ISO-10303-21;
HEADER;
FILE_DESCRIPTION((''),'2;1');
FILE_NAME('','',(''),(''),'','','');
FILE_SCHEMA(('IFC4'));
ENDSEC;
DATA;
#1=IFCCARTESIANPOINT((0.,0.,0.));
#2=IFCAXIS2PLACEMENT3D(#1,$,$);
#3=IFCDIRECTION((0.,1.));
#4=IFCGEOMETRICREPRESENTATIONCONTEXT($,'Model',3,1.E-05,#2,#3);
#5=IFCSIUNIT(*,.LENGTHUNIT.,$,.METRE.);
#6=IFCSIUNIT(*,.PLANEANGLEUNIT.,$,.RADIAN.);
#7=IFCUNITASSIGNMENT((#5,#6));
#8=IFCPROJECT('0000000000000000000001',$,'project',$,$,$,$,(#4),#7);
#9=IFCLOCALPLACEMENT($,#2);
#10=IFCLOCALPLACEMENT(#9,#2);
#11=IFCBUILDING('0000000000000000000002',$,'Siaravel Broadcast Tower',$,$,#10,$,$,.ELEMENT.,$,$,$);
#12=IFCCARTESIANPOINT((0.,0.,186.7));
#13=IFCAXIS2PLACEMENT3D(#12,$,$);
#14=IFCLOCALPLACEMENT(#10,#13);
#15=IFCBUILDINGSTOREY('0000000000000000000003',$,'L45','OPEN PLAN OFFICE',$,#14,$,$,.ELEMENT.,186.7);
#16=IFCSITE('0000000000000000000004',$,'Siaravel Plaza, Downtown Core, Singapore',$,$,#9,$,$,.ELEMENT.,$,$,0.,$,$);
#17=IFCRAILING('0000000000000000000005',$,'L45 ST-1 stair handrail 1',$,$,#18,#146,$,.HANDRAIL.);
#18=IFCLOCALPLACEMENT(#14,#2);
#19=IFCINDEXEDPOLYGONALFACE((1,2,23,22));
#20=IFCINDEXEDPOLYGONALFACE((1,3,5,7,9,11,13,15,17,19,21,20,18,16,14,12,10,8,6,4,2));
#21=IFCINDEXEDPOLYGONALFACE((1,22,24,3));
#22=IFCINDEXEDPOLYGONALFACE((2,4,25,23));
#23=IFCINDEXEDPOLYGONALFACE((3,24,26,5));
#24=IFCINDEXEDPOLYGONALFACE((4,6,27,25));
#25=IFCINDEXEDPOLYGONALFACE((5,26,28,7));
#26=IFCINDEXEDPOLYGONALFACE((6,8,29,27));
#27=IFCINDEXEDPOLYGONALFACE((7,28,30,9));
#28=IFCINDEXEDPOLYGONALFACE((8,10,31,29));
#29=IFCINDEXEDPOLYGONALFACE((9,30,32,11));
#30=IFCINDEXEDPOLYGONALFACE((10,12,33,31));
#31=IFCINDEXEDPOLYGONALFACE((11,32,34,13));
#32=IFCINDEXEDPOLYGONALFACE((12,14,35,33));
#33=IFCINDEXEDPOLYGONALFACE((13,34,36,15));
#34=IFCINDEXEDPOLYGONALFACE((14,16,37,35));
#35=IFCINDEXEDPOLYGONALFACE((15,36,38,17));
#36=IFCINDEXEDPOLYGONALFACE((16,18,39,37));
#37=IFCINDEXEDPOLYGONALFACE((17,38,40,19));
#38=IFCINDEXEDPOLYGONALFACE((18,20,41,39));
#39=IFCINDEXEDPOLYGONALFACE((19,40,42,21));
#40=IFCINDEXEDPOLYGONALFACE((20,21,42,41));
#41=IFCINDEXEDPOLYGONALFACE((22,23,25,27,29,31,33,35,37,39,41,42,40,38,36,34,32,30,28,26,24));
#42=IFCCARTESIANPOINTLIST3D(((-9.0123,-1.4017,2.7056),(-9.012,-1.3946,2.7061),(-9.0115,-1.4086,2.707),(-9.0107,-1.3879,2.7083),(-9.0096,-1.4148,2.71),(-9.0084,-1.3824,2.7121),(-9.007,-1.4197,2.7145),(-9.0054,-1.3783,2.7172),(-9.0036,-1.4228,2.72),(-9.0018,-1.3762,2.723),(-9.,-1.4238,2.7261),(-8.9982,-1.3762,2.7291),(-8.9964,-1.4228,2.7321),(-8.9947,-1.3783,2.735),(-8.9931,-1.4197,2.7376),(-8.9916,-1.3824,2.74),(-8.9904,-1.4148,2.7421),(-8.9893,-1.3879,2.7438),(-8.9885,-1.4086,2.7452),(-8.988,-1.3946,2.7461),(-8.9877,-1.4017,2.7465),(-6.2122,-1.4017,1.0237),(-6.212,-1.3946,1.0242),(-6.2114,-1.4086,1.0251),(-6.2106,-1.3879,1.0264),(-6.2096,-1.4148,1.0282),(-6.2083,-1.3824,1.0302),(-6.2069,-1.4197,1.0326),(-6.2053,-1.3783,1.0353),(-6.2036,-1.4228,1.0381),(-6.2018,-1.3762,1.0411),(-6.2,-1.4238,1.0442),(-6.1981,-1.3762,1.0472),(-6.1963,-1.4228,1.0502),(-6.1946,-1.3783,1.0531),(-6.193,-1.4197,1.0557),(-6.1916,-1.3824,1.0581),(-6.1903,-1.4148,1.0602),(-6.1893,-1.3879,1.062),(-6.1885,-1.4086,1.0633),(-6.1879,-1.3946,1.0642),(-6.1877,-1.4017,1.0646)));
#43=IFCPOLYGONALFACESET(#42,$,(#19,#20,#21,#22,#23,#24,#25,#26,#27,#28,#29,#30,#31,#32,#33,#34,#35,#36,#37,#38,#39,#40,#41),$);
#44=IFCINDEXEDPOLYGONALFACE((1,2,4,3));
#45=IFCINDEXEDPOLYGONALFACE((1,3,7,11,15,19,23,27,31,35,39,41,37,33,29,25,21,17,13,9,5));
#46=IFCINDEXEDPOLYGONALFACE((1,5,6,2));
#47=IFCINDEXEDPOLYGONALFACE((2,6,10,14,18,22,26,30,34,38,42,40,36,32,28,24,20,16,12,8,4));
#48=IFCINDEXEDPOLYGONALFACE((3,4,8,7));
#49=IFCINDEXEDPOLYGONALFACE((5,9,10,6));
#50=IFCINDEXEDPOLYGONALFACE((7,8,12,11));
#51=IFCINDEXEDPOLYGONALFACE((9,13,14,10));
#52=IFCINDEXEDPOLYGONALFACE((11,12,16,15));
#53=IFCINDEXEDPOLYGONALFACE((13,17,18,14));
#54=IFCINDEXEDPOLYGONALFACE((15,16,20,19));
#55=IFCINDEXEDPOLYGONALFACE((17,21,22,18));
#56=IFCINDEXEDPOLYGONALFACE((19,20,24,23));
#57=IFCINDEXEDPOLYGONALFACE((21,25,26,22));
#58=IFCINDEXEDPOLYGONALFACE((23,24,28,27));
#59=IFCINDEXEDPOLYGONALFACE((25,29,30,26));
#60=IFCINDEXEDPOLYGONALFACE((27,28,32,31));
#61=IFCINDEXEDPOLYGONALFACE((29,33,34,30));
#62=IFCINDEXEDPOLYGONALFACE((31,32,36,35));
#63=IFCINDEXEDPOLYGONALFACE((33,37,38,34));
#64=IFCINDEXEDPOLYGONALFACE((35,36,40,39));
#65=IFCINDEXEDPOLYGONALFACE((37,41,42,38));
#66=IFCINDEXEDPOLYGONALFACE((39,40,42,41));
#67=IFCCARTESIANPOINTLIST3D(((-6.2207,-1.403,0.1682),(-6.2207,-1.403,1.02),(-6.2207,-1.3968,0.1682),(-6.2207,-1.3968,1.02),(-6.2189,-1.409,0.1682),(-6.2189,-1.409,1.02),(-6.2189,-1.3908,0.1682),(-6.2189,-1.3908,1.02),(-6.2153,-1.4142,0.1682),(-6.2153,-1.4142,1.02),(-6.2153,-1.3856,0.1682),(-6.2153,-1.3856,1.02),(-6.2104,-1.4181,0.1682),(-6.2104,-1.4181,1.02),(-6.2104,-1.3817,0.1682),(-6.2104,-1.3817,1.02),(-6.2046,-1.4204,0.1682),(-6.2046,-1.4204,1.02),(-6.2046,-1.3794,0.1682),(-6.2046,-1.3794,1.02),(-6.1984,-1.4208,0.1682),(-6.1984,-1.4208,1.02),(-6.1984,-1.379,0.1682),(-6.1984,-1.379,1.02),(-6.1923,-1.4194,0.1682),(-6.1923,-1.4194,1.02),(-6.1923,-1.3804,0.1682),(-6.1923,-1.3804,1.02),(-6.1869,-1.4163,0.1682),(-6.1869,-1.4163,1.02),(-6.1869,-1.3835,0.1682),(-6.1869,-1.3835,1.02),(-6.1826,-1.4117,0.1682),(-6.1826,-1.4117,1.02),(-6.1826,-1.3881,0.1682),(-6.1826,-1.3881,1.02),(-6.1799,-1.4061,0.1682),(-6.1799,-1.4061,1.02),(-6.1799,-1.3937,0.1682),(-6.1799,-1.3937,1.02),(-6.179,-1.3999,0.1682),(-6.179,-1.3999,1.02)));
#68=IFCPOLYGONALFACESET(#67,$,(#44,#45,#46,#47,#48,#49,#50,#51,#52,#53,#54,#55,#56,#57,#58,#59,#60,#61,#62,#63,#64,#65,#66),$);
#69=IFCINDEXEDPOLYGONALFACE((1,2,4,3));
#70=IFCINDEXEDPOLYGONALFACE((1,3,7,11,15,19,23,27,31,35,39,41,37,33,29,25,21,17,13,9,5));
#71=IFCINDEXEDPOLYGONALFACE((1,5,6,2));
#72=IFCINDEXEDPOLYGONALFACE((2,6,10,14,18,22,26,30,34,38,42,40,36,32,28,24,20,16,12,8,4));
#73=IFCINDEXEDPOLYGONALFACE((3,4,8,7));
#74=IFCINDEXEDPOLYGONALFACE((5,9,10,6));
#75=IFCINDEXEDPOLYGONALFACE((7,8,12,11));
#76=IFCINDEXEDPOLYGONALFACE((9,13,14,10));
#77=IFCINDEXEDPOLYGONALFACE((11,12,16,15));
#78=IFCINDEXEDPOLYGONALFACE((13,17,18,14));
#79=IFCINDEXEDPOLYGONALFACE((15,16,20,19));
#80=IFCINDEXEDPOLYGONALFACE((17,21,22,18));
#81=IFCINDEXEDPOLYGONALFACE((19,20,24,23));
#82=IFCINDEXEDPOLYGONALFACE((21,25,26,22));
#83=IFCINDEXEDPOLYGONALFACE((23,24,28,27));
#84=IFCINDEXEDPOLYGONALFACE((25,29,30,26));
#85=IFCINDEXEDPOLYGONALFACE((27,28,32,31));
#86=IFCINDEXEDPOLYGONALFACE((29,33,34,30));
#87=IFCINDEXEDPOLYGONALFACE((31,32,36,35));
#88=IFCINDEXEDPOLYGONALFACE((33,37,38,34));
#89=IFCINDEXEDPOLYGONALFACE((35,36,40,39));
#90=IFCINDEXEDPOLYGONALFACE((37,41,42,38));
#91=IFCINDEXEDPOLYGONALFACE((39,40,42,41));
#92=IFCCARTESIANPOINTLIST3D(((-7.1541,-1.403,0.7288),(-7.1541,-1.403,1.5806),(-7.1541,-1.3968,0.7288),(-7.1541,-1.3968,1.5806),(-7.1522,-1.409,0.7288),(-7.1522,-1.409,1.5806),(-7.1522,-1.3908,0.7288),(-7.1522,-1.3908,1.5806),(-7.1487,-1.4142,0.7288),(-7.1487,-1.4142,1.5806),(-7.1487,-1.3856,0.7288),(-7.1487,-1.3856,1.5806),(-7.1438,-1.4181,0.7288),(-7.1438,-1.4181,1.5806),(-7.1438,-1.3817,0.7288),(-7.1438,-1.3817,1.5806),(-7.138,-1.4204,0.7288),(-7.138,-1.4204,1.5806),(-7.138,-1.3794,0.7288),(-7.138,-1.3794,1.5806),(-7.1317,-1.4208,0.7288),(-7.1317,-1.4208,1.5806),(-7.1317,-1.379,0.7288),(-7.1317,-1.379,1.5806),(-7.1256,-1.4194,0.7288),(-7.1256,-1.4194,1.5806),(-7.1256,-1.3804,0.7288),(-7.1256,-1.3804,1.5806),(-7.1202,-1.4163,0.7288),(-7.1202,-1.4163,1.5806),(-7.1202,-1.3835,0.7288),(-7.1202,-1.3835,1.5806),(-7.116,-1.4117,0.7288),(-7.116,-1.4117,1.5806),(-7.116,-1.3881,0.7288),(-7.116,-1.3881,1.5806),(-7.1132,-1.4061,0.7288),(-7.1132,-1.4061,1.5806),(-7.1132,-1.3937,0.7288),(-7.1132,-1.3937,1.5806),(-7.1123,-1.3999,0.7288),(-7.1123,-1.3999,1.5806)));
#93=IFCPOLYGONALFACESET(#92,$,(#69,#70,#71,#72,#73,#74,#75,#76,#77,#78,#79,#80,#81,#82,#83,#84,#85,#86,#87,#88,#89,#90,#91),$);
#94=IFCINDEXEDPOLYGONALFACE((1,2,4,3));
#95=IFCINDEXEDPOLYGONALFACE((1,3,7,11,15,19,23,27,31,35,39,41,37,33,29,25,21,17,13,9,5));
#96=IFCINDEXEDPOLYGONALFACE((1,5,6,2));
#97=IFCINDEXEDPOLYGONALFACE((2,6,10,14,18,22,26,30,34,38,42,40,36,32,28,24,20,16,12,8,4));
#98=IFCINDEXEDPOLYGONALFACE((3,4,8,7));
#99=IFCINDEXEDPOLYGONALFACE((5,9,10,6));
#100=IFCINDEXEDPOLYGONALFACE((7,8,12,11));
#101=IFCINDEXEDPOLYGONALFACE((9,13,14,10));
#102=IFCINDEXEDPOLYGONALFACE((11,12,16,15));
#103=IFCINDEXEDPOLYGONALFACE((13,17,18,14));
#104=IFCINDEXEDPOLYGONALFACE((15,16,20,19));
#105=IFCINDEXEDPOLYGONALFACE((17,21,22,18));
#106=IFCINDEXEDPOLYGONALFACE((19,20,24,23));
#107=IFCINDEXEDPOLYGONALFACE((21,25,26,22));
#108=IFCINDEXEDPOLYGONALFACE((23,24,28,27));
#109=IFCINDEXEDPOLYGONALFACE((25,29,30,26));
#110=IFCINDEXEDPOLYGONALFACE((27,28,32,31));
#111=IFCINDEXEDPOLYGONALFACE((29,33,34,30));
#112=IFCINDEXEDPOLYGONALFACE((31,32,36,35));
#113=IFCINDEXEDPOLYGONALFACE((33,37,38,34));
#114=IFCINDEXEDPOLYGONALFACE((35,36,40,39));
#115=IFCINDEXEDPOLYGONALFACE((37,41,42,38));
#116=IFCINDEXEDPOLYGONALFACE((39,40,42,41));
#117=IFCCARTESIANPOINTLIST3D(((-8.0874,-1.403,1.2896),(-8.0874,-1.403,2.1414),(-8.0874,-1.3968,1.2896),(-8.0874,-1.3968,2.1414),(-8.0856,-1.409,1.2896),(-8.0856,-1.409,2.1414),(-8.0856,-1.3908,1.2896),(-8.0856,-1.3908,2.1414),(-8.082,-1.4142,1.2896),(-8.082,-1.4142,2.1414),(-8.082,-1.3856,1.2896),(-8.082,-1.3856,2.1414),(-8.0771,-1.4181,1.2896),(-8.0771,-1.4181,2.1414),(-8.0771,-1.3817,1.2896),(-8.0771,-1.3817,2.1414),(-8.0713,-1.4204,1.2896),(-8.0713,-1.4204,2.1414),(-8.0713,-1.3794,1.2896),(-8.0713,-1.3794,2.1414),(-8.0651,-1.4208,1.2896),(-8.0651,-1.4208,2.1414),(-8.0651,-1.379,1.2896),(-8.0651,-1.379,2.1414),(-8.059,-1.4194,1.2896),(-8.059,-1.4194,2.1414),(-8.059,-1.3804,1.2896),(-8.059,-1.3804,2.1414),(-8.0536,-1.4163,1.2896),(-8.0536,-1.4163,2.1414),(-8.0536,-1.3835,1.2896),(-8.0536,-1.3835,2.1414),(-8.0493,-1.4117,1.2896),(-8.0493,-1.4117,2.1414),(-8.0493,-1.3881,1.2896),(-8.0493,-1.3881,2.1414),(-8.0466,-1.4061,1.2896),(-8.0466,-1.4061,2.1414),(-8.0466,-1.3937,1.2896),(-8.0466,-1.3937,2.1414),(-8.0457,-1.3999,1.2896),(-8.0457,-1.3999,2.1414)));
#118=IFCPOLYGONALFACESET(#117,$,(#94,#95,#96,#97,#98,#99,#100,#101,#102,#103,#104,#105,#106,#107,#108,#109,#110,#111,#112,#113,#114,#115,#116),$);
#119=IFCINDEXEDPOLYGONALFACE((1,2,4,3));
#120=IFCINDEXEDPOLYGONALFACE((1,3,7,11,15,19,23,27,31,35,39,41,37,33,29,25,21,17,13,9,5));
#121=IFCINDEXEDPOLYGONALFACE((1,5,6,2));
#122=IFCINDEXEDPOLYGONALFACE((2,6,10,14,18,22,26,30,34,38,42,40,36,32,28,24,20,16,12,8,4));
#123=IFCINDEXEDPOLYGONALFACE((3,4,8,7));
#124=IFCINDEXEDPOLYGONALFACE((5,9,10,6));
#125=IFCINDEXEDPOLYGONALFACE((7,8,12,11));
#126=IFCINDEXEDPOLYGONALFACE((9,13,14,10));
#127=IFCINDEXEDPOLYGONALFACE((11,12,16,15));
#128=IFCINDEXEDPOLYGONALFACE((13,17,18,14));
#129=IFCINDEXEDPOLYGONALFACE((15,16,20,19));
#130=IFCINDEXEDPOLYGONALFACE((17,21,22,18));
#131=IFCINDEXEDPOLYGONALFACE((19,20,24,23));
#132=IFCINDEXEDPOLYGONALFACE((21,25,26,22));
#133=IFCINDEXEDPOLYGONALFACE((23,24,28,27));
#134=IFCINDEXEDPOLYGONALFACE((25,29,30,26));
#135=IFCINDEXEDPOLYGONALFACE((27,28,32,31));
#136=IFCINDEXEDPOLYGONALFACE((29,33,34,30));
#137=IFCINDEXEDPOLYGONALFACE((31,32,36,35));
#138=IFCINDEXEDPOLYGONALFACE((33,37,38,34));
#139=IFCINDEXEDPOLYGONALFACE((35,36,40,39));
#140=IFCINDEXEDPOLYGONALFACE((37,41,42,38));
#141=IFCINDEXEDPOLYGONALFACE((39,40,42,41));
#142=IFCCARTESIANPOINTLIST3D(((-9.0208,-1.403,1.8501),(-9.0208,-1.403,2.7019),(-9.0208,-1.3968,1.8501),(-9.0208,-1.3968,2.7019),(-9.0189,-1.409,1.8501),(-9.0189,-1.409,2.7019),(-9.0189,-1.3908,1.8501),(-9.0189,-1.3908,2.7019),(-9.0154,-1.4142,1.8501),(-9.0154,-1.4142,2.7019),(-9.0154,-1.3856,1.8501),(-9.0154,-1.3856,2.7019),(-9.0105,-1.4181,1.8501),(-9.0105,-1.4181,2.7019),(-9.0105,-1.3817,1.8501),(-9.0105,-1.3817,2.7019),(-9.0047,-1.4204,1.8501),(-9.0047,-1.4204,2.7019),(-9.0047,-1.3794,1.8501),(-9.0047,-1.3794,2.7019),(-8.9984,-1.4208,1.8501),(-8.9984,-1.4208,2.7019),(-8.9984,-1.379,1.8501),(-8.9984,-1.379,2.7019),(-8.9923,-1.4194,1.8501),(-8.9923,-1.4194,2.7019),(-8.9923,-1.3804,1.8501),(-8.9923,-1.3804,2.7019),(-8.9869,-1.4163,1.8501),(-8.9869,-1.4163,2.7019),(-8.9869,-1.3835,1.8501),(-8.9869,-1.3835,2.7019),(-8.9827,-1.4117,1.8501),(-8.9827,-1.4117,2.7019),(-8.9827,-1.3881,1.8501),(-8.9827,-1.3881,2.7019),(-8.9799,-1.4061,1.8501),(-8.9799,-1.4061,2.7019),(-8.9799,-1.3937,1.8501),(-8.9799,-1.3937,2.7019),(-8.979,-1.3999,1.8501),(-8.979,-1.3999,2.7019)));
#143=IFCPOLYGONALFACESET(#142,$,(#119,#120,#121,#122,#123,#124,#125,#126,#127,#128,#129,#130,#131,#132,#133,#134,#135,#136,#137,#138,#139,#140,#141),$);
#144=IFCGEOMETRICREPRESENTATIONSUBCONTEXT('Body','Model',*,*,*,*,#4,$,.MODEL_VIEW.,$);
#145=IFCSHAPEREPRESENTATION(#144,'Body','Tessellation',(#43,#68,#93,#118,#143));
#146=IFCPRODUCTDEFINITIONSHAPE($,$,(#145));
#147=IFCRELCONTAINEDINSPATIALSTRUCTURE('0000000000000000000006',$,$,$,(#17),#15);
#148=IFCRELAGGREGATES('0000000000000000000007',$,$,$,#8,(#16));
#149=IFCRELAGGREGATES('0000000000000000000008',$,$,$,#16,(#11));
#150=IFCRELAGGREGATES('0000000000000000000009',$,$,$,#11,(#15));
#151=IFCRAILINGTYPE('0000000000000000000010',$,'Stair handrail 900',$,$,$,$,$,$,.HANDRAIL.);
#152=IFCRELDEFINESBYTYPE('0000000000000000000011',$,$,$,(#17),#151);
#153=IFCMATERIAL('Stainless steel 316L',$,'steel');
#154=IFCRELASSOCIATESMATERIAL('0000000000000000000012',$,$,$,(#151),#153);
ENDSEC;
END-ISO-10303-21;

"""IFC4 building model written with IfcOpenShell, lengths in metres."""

from ifc_helpers import new_model, si_unit, direction, frame, origin, origin_2d, place, context, subcontext, project, spatial, circle, extrude, material, type_object, element, save


model = new_model("IFC4")

# Units and contexts
model_context = context("Model", 3, precision=1e-05, world=origin(), true_north=direction((0.0, 1.0)))
body_context = subcontext(model_context, "Body", "Model", "MODEL_VIEW")
ifc_project = project(units=[si_unit("LENGTHUNIT", "METRE"), si_unit("PLANEANGLEUNIT", "RADIAN")], contexts=[model_context])

# Site, building, storey
site_placement = place(None, origin())
site = spatial("IfcSite", under=ifc_project, at=site_placement, Name="Siaravel Plaza, Downtown Core, Singapore", CompositionType="ELEMENT", RefElevation=0.0)
building_placement = place(site_placement, origin())
building = spatial("IfcBuilding", under=site, at=building_placement, Name="Siaravel Broadcast Tower", CompositionType="ELEMENT")
storey_placement = place(building_placement, frame((0.0, 0.0, 186.7)))
storey = spatial("IfcBuildingStorey", under=building, at=storey_placement, Name="L45", Description="OPEN PLAN OFFICE", CompositionType="ELEMENT", Elevation=186.7)

# Shared definitions
ifc_material_1 = material(Name="Stainless steel 316L", Category="steel")

# Railing
railing_type_1 = type_object("IfcRailingType", Name="Stair handrail 900", PredefinedType="HANDRAIL", material=ifc_material_1)
railing_1_placement = place(storey_placement, frame((-6.2, -1.3999, 0.1682)))
element("IfcRailing", 1, at=railing_1_placement, inside=storey, type_object=railing_type_1, Name="L45 ST-1 stair handrail 1", PredefinedType="HANDRAIL", context=body_context, shape_type="SweptSolid", body=[
    extrude(circle(Radius=0.0239, at=origin_2d()), frame((0.0, 0.0, 0.876), z_axis=(-0.857242, 0.0, 0.514913), x_axis=(0.0, -1.0, 0.0)), (0.0, 0.0, 1.0), 3.2664),
    extrude(circle(Radius=0.021, at=origin_2d()), origin(), (0.0, 0.0, 1.0), 0.8518),
    extrude(circle(Radius=0.021, at=origin_2d()), frame((-0.9333, 0.0, 0.5605)), (0.0, 0.0, 1.0), 0.8518),
    extrude(circle(Radius=0.021, at=origin_2d()), frame((-1.8667, 0.0, 1.1213)), (0.0, 0.0, 1.0), 0.8518),
    extrude(circle(Radius=0.021, at=origin_2d()), frame((-2.8, 0.0, 1.6819)), (0.0, 0.0, 1.0), 0.8518),
])

save(model, "model.ifc")
